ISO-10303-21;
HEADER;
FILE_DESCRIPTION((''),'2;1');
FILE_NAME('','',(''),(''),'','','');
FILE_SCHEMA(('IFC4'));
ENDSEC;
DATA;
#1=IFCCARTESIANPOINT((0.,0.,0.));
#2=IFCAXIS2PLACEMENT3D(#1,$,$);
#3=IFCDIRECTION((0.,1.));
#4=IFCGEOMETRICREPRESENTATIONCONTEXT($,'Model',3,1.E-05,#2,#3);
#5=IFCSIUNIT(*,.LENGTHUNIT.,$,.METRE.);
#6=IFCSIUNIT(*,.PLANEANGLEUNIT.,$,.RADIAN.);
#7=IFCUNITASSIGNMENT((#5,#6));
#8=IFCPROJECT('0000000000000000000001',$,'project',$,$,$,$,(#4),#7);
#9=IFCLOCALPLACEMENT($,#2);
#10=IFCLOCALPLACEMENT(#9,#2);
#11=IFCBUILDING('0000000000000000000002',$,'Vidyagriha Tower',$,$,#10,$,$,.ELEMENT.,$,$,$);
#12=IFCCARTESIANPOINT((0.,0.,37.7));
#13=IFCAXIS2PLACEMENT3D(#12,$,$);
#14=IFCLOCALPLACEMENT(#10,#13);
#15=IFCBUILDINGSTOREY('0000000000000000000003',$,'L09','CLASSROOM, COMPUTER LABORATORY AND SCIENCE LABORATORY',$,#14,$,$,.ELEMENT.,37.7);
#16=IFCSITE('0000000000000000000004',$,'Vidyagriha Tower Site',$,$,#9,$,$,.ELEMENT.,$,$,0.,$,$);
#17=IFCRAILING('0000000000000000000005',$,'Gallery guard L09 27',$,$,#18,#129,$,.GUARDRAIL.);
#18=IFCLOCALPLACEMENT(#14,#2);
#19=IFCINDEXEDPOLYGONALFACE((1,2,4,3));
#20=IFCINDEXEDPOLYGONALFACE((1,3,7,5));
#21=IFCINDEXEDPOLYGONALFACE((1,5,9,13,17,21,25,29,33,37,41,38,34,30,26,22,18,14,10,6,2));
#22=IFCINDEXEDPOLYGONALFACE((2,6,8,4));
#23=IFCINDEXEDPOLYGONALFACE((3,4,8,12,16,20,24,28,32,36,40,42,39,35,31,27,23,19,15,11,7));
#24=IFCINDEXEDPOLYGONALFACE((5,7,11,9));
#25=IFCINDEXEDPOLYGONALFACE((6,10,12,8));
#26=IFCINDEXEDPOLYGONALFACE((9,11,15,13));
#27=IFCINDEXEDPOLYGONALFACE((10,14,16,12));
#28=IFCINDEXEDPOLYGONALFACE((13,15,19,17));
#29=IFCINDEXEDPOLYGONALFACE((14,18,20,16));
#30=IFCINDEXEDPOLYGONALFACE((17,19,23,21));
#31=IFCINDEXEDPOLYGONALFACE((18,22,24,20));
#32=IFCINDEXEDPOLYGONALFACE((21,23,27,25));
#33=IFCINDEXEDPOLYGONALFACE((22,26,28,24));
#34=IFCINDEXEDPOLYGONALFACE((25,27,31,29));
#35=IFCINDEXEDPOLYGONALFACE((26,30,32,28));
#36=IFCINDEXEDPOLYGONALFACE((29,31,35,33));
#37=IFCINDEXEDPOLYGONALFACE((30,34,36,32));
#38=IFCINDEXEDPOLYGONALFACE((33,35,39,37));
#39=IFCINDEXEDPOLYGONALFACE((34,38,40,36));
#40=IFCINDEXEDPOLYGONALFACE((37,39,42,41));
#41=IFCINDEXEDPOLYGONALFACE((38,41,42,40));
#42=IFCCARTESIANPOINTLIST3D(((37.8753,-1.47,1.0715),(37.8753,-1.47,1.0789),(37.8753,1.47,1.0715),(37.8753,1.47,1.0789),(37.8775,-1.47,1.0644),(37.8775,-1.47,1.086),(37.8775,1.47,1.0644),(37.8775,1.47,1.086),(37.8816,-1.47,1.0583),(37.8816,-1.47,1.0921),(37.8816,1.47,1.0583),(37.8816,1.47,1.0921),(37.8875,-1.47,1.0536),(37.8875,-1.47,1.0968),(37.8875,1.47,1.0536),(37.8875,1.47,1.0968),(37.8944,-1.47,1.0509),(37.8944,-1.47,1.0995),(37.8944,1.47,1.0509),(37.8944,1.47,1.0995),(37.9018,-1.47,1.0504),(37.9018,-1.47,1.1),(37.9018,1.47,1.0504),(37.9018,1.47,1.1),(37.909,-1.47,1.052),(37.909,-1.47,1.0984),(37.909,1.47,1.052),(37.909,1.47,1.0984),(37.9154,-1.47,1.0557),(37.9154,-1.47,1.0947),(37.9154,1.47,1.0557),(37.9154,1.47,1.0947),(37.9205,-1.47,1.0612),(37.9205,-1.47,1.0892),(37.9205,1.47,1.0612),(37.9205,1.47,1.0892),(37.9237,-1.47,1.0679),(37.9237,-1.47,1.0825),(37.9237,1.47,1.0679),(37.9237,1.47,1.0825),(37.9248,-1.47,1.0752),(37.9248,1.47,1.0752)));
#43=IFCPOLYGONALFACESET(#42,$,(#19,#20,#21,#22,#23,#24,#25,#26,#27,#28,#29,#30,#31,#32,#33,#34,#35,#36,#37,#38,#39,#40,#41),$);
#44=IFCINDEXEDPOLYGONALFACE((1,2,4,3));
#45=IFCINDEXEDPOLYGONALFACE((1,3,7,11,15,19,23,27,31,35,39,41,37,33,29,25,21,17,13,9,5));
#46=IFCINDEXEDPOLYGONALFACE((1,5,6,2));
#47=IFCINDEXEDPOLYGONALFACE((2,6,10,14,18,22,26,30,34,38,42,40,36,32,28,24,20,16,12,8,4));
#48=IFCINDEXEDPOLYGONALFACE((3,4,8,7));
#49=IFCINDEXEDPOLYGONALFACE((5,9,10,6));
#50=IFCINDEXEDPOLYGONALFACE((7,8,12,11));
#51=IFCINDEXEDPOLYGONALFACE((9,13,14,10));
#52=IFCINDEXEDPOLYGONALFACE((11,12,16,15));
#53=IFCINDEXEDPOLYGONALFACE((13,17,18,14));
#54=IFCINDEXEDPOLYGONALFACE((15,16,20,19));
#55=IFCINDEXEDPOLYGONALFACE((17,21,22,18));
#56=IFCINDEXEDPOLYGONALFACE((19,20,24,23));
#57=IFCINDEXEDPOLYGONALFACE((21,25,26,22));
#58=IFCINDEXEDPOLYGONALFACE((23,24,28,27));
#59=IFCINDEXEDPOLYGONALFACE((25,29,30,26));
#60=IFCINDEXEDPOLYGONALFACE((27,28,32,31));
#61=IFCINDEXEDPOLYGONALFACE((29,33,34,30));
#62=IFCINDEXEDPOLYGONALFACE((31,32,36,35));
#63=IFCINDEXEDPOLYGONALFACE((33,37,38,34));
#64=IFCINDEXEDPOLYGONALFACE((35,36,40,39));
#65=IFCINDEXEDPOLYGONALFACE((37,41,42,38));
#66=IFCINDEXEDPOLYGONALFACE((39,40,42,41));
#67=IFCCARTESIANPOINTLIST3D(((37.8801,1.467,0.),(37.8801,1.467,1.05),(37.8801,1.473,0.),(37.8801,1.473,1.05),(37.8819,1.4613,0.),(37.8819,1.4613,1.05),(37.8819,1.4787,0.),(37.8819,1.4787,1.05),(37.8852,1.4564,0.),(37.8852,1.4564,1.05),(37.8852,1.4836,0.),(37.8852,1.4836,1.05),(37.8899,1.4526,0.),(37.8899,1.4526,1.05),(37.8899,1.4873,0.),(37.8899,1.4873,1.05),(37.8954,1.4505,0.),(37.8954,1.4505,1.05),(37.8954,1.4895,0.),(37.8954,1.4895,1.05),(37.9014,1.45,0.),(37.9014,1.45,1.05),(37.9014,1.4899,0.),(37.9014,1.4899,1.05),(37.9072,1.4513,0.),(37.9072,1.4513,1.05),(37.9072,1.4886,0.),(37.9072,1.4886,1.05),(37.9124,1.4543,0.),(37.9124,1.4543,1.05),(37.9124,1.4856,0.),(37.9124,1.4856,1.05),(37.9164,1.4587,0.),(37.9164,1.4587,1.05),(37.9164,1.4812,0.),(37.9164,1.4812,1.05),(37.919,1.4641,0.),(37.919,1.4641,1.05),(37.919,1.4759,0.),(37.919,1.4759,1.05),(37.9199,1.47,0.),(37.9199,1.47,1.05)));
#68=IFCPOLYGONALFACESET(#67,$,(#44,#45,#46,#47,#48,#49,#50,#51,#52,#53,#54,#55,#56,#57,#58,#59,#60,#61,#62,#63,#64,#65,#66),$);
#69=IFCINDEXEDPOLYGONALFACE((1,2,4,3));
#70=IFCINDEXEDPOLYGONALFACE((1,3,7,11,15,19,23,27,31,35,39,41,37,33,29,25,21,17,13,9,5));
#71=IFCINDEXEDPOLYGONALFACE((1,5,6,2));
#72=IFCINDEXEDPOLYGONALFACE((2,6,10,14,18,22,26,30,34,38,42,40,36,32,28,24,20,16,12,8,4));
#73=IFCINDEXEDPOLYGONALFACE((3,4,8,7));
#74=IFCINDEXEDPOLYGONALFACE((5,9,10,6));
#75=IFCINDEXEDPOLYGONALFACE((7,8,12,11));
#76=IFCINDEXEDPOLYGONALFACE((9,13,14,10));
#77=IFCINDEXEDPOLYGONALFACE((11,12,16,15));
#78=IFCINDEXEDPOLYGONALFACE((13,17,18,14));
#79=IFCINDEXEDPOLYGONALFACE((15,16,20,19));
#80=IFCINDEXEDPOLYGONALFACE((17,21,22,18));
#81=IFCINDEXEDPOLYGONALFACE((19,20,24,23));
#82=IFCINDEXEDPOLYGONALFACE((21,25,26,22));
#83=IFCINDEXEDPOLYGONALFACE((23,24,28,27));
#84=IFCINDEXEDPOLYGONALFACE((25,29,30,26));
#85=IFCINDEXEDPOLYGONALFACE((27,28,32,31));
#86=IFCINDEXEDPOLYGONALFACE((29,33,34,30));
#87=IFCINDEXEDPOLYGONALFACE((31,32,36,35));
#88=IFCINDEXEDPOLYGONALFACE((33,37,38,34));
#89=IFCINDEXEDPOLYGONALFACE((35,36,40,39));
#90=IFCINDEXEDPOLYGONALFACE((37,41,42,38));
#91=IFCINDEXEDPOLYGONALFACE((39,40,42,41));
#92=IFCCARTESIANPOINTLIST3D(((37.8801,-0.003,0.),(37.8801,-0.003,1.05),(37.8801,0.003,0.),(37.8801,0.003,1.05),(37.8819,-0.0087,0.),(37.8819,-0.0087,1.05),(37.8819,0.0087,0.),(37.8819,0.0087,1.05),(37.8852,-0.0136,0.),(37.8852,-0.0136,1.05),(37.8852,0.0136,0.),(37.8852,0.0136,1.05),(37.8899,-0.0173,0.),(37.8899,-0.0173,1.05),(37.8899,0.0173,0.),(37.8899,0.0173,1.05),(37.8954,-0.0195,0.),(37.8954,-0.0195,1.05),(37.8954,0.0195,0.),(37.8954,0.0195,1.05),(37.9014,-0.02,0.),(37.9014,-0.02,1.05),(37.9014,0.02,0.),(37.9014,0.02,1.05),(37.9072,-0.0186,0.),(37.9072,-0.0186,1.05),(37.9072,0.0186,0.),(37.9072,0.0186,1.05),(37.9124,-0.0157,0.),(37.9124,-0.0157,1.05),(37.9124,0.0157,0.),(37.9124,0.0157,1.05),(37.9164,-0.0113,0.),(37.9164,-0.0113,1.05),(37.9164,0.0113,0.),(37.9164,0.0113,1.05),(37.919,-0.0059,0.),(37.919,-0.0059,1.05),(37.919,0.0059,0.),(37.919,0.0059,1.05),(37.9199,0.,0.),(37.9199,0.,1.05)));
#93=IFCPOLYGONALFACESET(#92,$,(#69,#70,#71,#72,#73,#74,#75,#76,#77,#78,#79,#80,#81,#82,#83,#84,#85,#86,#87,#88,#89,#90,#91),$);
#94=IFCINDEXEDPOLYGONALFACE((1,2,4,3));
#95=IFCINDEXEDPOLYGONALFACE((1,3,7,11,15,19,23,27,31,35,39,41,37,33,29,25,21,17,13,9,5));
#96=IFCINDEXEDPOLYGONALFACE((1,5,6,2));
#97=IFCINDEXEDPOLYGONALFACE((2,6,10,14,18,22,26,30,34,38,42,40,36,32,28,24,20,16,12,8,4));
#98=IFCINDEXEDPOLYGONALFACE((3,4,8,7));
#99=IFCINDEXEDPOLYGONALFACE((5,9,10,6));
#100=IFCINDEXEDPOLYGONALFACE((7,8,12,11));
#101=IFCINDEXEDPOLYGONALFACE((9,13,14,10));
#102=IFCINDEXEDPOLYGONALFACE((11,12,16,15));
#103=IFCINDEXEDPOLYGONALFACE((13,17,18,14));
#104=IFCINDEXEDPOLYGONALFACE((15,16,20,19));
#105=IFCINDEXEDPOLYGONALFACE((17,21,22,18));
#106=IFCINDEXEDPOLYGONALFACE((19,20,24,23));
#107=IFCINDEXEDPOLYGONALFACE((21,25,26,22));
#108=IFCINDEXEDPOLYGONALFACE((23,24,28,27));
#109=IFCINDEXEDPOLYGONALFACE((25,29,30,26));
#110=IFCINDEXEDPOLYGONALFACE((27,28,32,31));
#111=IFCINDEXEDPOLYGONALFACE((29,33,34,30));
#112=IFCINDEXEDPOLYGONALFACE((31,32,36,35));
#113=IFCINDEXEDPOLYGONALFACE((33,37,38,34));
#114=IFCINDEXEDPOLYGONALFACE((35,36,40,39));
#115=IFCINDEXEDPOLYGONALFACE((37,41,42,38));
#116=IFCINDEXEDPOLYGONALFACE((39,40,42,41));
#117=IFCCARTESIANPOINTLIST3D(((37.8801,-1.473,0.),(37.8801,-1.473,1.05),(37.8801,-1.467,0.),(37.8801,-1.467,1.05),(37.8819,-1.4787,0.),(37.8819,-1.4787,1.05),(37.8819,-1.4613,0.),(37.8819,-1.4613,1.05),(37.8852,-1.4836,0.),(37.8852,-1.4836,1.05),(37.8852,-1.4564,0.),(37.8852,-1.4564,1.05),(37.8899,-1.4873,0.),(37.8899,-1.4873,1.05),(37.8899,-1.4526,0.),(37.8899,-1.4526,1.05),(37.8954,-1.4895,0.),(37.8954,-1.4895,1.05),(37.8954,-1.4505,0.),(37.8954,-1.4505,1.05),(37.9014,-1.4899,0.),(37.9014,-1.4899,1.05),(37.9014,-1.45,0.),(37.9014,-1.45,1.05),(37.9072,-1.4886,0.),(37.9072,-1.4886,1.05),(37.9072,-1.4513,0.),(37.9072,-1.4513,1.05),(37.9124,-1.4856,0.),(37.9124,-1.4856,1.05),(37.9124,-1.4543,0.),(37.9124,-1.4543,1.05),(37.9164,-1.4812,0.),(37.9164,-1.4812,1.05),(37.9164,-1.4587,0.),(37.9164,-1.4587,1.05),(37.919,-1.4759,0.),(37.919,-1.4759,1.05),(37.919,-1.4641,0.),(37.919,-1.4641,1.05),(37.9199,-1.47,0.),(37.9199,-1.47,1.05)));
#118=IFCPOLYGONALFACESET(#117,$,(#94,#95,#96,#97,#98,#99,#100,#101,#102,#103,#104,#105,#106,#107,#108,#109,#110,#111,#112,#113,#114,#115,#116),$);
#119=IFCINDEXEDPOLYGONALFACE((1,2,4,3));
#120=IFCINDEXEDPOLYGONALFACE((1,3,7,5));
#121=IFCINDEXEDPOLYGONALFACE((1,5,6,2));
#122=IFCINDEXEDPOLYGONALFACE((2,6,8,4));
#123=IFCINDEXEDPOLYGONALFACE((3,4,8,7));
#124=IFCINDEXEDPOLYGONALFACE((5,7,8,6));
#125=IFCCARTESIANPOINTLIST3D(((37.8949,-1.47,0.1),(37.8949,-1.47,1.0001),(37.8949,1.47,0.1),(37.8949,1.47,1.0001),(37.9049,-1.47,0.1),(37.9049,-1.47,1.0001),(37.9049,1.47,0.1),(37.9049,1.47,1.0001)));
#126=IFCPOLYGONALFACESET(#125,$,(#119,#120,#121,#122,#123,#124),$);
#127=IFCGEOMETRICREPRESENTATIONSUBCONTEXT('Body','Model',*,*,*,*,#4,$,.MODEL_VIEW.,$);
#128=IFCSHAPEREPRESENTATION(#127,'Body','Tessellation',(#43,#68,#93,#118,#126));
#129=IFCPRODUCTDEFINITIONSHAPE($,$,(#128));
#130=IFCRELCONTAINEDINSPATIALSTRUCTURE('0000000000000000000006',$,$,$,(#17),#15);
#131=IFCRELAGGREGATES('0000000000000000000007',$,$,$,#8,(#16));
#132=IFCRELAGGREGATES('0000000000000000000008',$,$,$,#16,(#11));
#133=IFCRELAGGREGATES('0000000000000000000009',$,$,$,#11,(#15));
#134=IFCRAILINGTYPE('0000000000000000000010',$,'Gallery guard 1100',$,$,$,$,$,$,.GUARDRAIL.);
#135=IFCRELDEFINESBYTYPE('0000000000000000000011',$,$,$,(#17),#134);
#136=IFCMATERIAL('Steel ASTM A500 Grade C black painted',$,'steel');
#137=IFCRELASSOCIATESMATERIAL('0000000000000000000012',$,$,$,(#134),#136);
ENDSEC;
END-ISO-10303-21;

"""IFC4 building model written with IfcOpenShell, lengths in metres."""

from ifc_helpers import new_model, si_unit, direction, frame, origin, origin_2d, place, context, subcontext, project, spatial, rectangle, circle, extrude, material, type_object, element, save


model = new_model("IFC4")

# Units and contexts
model_context = context("Model", 3, precision=1e-05, world=origin(), true_north=direction((0.0, 1.0)))
body_context = subcontext(model_context, "Body", "Model", "MODEL_VIEW")
ifc_project = project(units=[si_unit("LENGTHUNIT", "METRE"), si_unit("PLANEANGLEUNIT", "RADIAN")], contexts=[model_context])

# Site, building, storey
site_placement = place(None, origin())
site = spatial("IfcSite", under=ifc_project, at=site_placement, Name="Vidyagriha Tower Site", CompositionType="ELEMENT", RefElevation=0.0)
building_placement = place(site_placement, origin())
building = spatial("IfcBuilding", under=site, at=building_placement, Name="Vidyagriha Tower", CompositionType="ELEMENT")
storey_placement = place(building_placement, frame((0.0, 0.0, 37.7)))
storey = spatial("IfcBuildingStorey", under=building, at=storey_placement, Name="L09", Description="CLASSROOM, COMPUTER LABORATORY AND SCIENCE LABORATORY", CompositionType="ELEMENT", Elevation=37.7)

# Railing
ifc_material_1 = material(Name="Steel ASTM A500 Grade C black painted", Category="steel")
railing_type = type_object("IfcRailingType", Name="Gallery guard 1100", PredefinedType="GUARDRAIL", material=ifc_material_1)
railing_1_placement = place(storey_placement, frame((37.8999, 1.47, 0.0)))
element("IfcRailing", 1, at=railing_1_placement, inside=storey, type_object=railing_type, Name="Gallery guard L09 27", PredefinedType="GUARDRAIL", context=body_context, shape_type="SweptSolid", body=[
    extrude(circle(Radius=0.0249, at=origin_2d()), frame((0.0, 0.0, 1.0752), z_axis=(0.0, -1.0, 0.0), x_axis=(1.0, 0.0, 0.0)), (0.0, 0.0, 1.0), 2.9399),
    extrude(circle(Radius=0.02, at=origin_2d()), origin(), (0.0, 0.0, 1.0), 1.05),
    extrude(circle(Radius=0.02, at=origin_2d()), frame((0.0, -1.47, 0.0)), (0.0, 0.0, 1.0), 1.05),
    extrude(circle(Radius=0.02, at=origin_2d()), frame((0.0, -2.9399, 0.0)), (0.0, 0.0, 1.0), 1.05),
    extrude(rectangle(XDim=0.01, YDim=0.9001, at=origin_2d()), frame((0.0, 0.0, 0.55), z_axis=(0.0, -1.0, 0.0), x_axis=(1.0, 0.0, 0.0)), (0.0, 0.0, 1.0), 2.9399),
])

save(model, "model.ifc")
